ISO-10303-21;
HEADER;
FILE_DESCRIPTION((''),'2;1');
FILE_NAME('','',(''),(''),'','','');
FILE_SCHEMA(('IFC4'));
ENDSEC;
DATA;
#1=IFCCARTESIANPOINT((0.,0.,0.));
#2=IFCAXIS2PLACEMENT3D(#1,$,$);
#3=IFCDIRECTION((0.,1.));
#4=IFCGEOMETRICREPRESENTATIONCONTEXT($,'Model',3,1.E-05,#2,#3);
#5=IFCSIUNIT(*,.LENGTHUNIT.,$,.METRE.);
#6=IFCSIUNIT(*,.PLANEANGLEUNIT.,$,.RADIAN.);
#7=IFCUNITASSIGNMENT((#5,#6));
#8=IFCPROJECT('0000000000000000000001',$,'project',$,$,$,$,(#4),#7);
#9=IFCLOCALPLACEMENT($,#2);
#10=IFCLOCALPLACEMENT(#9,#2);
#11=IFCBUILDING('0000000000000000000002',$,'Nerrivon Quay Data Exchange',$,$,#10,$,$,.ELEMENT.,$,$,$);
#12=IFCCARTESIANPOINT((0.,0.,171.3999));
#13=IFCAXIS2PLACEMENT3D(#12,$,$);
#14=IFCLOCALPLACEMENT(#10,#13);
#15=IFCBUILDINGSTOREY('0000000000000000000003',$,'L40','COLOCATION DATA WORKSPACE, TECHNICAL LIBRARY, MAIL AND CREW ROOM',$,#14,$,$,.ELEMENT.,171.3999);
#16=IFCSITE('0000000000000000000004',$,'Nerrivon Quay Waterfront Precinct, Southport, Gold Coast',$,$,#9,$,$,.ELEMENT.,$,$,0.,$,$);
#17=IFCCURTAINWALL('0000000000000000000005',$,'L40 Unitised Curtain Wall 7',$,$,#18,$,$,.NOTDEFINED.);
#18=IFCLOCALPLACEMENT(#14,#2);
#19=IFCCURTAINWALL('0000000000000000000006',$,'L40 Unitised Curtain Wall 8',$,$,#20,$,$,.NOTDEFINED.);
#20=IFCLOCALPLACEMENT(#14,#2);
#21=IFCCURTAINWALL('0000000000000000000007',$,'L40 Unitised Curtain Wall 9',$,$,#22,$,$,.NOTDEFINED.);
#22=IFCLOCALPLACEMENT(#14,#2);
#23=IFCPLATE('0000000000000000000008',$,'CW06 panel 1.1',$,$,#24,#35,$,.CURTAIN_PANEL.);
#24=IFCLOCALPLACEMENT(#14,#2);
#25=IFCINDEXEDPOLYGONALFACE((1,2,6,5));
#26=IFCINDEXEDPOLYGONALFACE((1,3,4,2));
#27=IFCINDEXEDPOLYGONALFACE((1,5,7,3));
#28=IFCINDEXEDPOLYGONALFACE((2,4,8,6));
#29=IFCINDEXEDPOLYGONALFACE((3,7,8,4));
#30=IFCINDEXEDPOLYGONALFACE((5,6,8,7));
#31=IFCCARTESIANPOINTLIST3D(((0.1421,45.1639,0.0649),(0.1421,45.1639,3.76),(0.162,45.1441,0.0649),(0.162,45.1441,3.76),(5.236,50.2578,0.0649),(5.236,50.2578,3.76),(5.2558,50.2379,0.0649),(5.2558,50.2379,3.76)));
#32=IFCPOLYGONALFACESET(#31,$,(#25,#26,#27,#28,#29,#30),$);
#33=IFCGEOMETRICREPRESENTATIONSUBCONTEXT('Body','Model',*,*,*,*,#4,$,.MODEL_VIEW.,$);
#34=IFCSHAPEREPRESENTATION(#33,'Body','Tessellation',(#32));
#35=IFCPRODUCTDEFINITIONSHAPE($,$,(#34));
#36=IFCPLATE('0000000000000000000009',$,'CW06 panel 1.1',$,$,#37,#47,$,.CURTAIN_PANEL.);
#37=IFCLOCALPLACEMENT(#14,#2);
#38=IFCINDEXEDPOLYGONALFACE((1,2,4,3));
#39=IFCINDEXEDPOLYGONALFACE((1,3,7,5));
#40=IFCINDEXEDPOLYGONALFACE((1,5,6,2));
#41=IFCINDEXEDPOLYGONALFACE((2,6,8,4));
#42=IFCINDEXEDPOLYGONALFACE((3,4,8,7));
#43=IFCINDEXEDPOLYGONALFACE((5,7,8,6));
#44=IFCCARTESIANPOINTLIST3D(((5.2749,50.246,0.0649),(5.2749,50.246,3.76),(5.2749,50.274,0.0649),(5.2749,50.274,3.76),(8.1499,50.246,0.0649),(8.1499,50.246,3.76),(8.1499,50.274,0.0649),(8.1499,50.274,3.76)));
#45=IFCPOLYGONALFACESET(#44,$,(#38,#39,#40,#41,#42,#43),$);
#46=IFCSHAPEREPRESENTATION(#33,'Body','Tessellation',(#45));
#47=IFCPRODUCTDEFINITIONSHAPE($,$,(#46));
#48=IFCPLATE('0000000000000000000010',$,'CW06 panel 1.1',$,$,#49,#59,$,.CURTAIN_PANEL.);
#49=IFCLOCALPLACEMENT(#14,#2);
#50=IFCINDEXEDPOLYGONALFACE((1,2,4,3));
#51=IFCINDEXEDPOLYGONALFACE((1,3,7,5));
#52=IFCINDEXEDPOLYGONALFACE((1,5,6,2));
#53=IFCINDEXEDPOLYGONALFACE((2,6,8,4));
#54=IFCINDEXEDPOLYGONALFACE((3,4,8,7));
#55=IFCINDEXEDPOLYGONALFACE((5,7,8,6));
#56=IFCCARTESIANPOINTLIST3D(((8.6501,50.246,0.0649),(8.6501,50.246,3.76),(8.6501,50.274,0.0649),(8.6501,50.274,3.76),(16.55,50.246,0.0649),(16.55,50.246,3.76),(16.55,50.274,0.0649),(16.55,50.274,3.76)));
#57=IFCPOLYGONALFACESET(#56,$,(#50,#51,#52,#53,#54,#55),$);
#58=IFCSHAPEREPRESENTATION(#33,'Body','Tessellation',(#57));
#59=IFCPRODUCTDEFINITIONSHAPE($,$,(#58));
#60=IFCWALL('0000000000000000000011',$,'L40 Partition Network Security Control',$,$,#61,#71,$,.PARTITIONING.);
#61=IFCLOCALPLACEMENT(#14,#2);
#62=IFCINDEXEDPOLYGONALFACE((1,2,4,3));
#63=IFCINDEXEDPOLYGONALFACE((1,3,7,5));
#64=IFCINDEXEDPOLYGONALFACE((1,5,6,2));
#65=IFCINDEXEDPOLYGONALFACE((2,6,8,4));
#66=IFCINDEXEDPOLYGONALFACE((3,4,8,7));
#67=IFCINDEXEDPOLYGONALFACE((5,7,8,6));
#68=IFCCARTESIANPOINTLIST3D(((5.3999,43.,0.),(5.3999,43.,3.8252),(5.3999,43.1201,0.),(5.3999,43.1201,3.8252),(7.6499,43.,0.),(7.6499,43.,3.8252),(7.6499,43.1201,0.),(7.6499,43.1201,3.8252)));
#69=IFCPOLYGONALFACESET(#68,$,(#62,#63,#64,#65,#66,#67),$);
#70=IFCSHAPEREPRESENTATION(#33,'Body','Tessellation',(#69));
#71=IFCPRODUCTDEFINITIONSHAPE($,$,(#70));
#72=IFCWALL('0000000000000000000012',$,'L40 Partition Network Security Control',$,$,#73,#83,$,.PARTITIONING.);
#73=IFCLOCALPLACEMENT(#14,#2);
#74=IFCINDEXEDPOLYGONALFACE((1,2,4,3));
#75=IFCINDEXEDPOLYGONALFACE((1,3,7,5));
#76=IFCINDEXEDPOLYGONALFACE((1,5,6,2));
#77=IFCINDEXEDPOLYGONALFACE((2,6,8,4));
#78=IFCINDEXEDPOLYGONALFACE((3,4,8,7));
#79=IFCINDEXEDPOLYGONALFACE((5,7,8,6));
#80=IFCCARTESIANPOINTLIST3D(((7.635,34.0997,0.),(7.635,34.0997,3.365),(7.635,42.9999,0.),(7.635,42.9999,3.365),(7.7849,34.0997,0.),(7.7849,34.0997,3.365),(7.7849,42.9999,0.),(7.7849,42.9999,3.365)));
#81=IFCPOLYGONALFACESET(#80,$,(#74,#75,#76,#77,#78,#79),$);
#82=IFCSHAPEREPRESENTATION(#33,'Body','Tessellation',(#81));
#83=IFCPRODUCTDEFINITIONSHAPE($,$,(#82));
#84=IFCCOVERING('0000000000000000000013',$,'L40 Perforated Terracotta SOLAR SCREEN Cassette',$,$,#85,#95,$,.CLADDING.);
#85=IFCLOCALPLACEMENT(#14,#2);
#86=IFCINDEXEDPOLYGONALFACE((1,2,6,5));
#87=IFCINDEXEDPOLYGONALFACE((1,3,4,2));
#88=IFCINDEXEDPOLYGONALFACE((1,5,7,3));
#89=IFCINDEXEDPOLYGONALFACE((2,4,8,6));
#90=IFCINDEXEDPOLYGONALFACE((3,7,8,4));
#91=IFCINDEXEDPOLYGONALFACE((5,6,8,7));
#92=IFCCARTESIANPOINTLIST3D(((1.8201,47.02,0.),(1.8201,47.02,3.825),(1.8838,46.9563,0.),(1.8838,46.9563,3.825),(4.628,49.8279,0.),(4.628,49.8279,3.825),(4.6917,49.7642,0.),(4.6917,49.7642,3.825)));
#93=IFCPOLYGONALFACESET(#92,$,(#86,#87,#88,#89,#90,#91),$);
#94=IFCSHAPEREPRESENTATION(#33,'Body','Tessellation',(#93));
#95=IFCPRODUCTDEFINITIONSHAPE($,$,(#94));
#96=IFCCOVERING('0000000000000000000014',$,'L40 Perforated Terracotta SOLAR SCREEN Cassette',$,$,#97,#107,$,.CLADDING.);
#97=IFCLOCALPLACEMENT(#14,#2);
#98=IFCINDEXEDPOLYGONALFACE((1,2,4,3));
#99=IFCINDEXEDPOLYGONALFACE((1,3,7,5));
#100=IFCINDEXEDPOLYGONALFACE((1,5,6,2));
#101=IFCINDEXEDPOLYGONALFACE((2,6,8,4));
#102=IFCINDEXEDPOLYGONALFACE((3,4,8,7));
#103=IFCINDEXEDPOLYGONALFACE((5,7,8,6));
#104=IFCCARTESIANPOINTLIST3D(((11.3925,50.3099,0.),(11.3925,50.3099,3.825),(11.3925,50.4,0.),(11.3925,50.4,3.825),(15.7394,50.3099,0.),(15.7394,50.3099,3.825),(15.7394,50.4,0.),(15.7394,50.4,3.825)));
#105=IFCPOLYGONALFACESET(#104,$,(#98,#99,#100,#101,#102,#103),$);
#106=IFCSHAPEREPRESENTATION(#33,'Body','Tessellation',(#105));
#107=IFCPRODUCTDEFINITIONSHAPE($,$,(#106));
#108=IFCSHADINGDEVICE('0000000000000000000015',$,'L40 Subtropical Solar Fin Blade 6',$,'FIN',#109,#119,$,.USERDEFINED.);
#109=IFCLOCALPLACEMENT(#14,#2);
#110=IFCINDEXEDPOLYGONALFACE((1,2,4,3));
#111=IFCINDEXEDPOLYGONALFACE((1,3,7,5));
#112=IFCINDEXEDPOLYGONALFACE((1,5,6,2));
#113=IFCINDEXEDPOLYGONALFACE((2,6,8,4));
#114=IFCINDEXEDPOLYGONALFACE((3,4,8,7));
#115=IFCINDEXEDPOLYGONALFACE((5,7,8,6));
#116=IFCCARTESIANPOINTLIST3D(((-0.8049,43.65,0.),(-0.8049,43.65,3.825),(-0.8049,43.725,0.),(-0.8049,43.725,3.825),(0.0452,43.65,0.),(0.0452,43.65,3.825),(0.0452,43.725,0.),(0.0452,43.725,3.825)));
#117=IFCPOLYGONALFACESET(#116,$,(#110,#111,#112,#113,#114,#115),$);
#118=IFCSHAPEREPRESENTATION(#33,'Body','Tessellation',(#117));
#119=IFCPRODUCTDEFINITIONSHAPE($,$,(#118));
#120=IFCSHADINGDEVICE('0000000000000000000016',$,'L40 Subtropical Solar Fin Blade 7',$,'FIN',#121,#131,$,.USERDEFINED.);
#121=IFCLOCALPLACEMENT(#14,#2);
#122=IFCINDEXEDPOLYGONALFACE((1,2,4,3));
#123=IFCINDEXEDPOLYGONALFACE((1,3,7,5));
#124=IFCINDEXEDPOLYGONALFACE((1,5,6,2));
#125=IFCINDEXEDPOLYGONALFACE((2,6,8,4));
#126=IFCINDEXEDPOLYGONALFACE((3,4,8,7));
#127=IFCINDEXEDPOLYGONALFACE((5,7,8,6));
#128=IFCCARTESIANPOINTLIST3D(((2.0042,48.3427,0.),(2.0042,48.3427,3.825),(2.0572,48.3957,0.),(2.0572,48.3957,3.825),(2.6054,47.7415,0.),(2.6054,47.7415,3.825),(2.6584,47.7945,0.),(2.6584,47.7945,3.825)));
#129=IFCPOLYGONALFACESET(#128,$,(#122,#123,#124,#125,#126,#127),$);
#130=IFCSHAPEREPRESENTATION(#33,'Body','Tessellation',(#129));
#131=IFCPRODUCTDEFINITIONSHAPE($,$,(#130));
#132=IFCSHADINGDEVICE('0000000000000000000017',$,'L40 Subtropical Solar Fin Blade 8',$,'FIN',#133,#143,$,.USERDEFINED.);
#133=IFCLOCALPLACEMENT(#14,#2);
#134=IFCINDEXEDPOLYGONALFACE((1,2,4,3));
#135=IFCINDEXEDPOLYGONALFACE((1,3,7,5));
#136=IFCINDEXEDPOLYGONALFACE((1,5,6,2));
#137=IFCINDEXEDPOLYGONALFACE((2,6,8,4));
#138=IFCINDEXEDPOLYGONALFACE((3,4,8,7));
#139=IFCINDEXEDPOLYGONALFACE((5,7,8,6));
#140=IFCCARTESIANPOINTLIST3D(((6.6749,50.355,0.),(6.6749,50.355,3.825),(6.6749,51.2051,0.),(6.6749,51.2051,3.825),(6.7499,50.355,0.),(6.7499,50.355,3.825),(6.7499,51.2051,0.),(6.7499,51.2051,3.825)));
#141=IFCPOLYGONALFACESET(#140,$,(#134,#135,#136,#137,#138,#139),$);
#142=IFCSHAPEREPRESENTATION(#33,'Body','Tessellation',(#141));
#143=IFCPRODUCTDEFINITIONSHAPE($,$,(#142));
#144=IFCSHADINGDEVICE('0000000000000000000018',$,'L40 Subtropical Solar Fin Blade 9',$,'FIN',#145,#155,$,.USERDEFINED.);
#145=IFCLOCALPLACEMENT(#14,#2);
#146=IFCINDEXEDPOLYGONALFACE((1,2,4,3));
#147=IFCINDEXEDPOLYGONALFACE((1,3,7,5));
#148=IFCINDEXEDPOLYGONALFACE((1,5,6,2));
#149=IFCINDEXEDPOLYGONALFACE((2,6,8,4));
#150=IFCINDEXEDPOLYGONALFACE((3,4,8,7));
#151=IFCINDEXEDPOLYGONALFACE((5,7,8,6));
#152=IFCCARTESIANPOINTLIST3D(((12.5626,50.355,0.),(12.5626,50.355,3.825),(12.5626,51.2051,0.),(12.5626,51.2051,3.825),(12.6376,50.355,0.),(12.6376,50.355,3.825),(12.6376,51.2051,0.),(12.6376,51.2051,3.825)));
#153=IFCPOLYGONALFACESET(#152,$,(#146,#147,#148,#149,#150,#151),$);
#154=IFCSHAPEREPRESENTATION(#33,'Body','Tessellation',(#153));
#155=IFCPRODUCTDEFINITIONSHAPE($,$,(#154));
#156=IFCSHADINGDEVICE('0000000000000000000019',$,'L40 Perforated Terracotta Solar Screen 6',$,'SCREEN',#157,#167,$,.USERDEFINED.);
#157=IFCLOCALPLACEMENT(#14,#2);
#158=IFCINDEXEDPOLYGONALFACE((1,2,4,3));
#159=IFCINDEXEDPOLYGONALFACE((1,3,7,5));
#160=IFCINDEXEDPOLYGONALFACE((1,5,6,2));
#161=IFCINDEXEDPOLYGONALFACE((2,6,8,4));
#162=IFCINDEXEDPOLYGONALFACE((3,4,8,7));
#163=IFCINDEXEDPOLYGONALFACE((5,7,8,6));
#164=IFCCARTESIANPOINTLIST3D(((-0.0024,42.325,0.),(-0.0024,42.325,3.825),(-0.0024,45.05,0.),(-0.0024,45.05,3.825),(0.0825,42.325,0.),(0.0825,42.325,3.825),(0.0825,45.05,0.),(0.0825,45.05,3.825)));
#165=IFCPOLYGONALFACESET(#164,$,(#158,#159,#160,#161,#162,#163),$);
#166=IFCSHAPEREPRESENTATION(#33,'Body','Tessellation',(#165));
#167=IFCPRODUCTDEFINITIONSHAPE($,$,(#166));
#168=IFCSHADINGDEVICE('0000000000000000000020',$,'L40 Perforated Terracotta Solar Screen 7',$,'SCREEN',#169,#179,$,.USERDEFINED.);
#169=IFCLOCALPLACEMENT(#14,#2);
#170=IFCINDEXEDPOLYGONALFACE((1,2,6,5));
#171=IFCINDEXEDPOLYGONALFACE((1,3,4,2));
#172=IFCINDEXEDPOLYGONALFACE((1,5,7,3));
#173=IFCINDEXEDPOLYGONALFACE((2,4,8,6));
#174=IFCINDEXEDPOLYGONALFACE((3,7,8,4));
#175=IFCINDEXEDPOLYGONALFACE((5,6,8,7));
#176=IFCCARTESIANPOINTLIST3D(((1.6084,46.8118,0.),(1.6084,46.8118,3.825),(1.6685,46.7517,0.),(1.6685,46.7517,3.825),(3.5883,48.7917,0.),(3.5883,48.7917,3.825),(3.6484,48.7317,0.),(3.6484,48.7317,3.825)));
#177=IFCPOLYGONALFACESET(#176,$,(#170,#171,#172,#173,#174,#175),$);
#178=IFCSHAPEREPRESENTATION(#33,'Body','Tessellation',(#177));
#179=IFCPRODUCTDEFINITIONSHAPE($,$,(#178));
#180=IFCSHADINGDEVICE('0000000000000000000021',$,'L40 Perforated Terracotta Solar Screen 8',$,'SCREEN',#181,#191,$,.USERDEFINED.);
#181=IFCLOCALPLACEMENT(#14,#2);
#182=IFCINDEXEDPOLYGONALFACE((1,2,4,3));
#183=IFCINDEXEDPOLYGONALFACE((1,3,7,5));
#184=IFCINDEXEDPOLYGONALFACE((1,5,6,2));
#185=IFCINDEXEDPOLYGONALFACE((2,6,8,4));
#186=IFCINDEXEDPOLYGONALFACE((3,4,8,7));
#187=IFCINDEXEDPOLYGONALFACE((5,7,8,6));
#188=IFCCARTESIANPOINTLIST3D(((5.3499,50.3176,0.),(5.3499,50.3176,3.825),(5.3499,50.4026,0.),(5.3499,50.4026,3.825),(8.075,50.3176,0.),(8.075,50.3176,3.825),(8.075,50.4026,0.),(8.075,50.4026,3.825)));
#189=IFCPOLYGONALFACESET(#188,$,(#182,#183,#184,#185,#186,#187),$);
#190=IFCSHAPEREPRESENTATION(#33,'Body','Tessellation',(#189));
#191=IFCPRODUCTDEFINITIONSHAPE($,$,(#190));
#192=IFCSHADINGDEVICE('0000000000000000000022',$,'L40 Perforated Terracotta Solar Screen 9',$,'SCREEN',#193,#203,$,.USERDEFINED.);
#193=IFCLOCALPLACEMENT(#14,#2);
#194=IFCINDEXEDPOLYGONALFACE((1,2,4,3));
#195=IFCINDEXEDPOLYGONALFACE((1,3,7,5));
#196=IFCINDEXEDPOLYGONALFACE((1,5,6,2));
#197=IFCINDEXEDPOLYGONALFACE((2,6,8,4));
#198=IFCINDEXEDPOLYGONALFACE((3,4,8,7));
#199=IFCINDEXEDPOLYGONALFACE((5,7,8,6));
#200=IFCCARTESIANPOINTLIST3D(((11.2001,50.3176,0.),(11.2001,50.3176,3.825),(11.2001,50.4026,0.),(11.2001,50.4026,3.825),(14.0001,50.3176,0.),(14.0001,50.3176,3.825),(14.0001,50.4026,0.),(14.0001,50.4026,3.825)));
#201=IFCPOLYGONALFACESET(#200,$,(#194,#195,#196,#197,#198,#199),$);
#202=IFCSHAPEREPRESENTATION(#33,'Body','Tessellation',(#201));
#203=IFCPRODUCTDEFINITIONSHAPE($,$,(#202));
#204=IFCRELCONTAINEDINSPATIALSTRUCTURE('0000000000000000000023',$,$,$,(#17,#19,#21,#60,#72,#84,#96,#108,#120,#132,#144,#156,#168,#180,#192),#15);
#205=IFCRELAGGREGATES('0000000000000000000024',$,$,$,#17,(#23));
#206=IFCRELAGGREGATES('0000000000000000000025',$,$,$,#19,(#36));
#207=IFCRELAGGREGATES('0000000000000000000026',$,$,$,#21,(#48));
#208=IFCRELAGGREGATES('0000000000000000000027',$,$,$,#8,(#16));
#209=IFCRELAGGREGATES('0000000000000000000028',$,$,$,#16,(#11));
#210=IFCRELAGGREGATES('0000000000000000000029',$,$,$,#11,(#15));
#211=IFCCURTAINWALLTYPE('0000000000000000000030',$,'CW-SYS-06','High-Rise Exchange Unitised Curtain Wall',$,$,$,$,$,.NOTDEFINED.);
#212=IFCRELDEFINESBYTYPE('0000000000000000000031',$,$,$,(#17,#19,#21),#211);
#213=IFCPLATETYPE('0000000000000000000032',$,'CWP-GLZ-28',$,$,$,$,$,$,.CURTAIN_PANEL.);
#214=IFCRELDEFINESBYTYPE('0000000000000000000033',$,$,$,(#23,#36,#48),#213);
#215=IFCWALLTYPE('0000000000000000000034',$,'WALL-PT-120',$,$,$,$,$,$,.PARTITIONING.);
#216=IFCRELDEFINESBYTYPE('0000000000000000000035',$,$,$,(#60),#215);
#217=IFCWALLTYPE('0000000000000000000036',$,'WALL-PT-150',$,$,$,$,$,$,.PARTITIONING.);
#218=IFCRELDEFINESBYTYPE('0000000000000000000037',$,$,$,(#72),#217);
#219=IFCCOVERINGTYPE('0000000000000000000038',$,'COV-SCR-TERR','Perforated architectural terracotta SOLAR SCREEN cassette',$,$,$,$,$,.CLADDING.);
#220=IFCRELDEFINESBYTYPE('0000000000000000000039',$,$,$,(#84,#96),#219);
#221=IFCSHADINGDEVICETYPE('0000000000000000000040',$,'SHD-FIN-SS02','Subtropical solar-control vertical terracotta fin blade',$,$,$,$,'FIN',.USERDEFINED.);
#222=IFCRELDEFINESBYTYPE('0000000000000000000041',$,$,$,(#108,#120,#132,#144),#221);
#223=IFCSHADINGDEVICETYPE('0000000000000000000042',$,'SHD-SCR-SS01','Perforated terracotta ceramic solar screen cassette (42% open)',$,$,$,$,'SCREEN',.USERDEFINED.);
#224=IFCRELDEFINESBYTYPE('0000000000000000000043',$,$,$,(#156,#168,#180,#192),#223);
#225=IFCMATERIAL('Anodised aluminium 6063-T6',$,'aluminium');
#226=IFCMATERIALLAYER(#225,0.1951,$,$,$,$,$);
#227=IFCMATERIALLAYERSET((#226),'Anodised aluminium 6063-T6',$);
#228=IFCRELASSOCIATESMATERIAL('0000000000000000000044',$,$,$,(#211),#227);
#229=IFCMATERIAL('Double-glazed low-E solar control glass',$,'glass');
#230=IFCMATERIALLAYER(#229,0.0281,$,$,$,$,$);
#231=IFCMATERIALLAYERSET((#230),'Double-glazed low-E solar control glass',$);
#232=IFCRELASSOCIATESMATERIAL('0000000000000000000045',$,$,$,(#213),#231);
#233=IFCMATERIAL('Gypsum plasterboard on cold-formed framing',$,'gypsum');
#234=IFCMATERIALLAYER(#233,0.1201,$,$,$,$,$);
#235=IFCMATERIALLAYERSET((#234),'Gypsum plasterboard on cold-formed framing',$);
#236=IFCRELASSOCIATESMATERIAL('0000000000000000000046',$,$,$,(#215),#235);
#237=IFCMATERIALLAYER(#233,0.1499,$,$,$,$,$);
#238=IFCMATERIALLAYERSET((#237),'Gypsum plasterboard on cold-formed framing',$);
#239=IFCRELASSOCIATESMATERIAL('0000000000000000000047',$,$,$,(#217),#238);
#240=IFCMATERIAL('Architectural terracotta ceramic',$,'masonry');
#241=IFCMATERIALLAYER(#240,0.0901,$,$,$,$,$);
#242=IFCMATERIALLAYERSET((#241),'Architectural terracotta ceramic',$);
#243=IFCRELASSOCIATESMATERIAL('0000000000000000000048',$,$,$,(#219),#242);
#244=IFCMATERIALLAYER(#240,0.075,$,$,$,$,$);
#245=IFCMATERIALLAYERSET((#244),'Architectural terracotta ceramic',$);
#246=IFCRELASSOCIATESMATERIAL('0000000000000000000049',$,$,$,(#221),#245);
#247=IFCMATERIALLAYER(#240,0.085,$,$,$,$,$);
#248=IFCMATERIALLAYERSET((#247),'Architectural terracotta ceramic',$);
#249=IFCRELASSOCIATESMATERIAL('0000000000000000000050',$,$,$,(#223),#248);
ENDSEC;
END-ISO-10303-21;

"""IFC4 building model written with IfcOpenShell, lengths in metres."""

from ifc_helpers import new_model, si_unit, direction, frame, frame_2d, origin, origin_2d, place, context, subcontext, project, spatial, rectangle, extrude, material, layer, layer_set, type_object, element, aggregate, save


model = new_model("IFC4")

# Units and contexts
model_context = context("Model", 3, precision=1e-05, world=origin(), true_north=direction((0.0, 1.0)))
body_context = subcontext(model_context, "Body", "Model", "MODEL_VIEW")
ifc_project = project(units=[si_unit("LENGTHUNIT", "METRE"), si_unit("PLANEANGLEUNIT", "RADIAN")], contexts=[model_context])

# Site, building, storey
site_placement = place(None, origin())
site = spatial("IfcSite", under=ifc_project, at=site_placement, Name="Nerrivon Quay Waterfront Precinct, Southport, Gold Coast", CompositionType="ELEMENT", RefElevation=0.0)
building_placement = place(site_placement, origin())
building = spatial("IfcBuilding", under=site, at=building_placement, Name="Nerrivon Quay Data Exchange", CompositionType="ELEMENT")
storey_placement = place(building_placement, frame((0.0, 0.0, 171.3999)))
storey = spatial("IfcBuildingStorey", under=building, at=storey_placement, Name="L40", Description="COLOCATION DATA WORKSPACE, TECHNICAL LIBRARY, MAIL AND CREW ROOM", CompositionType="ELEMENT", Elevation=171.3999)

# Shared definitions
ifc_material_1 = material(Name="Anodised aluminium 6063-T6", Category="aluminium")
ifc_layer_1 = layer(ifc_material_1, 0.1951)
ifc_layer_set_1 = layer_set([ifc_layer_1], Name="Anodised aluminium 6063-T6")
curtain_wall_type = type_object("IfcCurtainWallType", Name="CW-SYS-06", Description="High-Rise Exchange Unitised Curtain Wall", PredefinedType="NOTDEFINED", material=ifc_layer_set_1)

# Curtain walls
curtain_wall_1_placement = place(storey_placement, origin())
curtain_wall_1 = element("IfcCurtainWall", 1, at=curtain_wall_1_placement, inside=storey, type_object=curtain_wall_type, Name="L40 Unitised Curtain Wall 7", PredefinedType="NOTDEFINED")
curtain_wall_2_placement = place(storey_placement, origin())
curtain_wall_2 = element("IfcCurtainWall", 2, at=curtain_wall_2_placement, inside=storey, type_object=curtain_wall_type, Name="L40 Unitised Curtain Wall 8", PredefinedType="NOTDEFINED")

# Curtain wall
curtain_wall_3_placement = place(storey_placement, origin())
curtain_wall_3 = element("IfcCurtainWall", 3, at=curtain_wall_3_placement, inside=storey, type_object=curtain_wall_type, Name="L40 Unitised Curtain Wall 9", PredefinedType="NOTDEFINED")

# Plates
ifc_material_2 = material(Name="Double-glazed low-E solar control glass", Category="glass")
ifc_layer_2 = layer(ifc_material_2, 0.0281)
ifc_layer_set_2 = layer_set([ifc_layer_2], Name="Double-glazed low-E solar control glass")
plate_type = type_object("IfcPlateType", Name="CWP-GLZ-28", PredefinedType="CURTAIN_PANEL", material=ifc_layer_set_2)
plate_1_placement = place(storey_placement, frame((2.699, 47.7009, 0.0649), z_axis=(0.0, 0.0, 1.0), x_axis=(0.707107, 0.707107, 0.0)))
plate_1 = element("IfcPlate", 4, at=plate_1_placement, type_object=plate_type, Name="CW06 panel 1.1", PredefinedType="CURTAIN_PANEL", context=body_context, shape_type="SweptSolid", body=[
    extrude(rectangle(XDim=7.2039, YDim=0.0281, at=origin_2d()), origin(), (0.0, 0.0, 1.0), 3.6951),
])
aggregate(curtain_wall_1, [plate_1])
plate_2_placement = place(storey_placement, frame((6.7124, 50.26, 0.0649), z_axis=(0.0, 0.0, 1.0), x_axis=(1.0, 0.0, 0.0)))
plate_2 = element("IfcPlate", 5, at=plate_2_placement, type_object=plate_type, Name="CW06 panel 1.1", PredefinedType="CURTAIN_PANEL", context=body_context, shape_type="SweptSolid", body=[
    extrude(rectangle(XDim=2.875, YDim=0.0281, at=origin_2d()), origin(), (0.0, 0.0, 1.0), 3.6951),
])
aggregate(curtain_wall_2, [plate_2])
plate_3_placement = place(storey_placement, frame((12.6001, 50.26, 0.0649), z_axis=(0.0, 0.0, 1.0), x_axis=(1.0, 0.0, 0.0)))
plate_3 = element("IfcPlate", 6, at=plate_3_placement, type_object=plate_type, Name="CW06 panel 1.1", PredefinedType="CURTAIN_PANEL", context=body_context, shape_type="SweptSolid", body=[
    extrude(rectangle(XDim=7.8999, YDim=0.0281, at=origin_2d()), origin(), (0.0, 0.0, 1.0), 3.6951),
])
aggregate(curtain_wall_3, [plate_3])

# Walls
ifc_material_3 = material(Name="Gypsum plasterboard on cold-formed framing", Category="gypsum")
ifc_layer_3 = layer(ifc_material_3, 0.1201)
ifc_layer_set_3 = layer_set([ifc_layer_3], Name="Gypsum plasterboard on cold-formed framing")
wall_type_1 = type_object("IfcWallType", Name="WALL-PT-120", PredefinedType="PARTITIONING", material=ifc_layer_set_3)
wall_1_placement = place(storey_placement, frame((5.3999, 43.0601, 0.0), z_axis=(0.0, 0.0, 1.0), x_axis=(1.0, 0.0, 0.0)))
element("IfcWall", 7, at=wall_1_placement, inside=storey, type_object=wall_type_1, Name="L40 Partition Network Security Control", PredefinedType="PARTITIONING", context=body_context, shape_type="SweptSolid", body=[
    extrude(rectangle(XDim=2.25, YDim=0.1201, at=frame_2d((1.125, 0.0))), origin(), (0.0, 0.0, 1.0), 3.8252),
])
ifc_layer_4 = layer(ifc_material_3, 0.1499)
ifc_layer_set_4 = layer_set([ifc_layer_4], Name="Gypsum plasterboard on cold-formed framing")
wall_type_2 = type_object("IfcWallType", Name="WALL-PT-150", PredefinedType="PARTITIONING", material=ifc_layer_set_4)
wall_2_placement = place(storey_placement, frame((7.71, 43.0, 0.0), z_axis=(0.0, 0.0, 1.0), x_axis=(0.0, -1.0, 0.0)))
element("IfcWall", 8, at=wall_2_placement, inside=storey, type_object=wall_type_2, Name="L40 Partition Network Security Control", PredefinedType="PARTITIONING", context=body_context, shape_type="SweptSolid", body=[
    extrude(rectangle(XDim=8.9001, YDim=0.1499, at=frame_2d((4.4502, 0.0))), origin(), (0.0, 0.0, 1.0), 3.365),
])

# Coverings
ifc_material_4 = material(Name="Architectural terracotta ceramic", Category="masonry")
ifc_layer_5 = layer(ifc_material_4, 0.0901)
ifc_layer_set_5 = layer_set([ifc_layer_5], Name="Architectural terracotta ceramic")
covering_type = type_object("IfcCoveringType", Name="COV-SCR-TERR", Description="Perforated architectural terracotta SOLAR SCREEN cassette", PredefinedType="CLADDING", material=ifc_layer_set_5)
covering_1_placement = place(storey_placement, frame((3.2559, 48.3921, 0.0), z_axis=(0.0, 0.0, 1.0), x_axis=(0.707107, 0.707107, 0.0)))
element("IfcCovering", 9, at=covering_1_placement, inside=storey, type_object=covering_type, Name="L40 Perforated Terracotta SOLAR SCREEN Cassette", PredefinedType="CLADDING", context=body_context, shape_type="SweptSolid", body=[
    extrude(rectangle(XDim=3.9709, YDim=0.0901, at=origin_2d()), origin(), (0.0, 0.0, 1.0), 3.825),
])
covering_2_placement = place(storey_placement, frame((13.5659, 50.355, 0.0), z_axis=(0.0, 0.0, 1.0), x_axis=(1.0, 0.0, 0.0)))
element("IfcCovering", 10, at=covering_2_placement, inside=storey, type_object=covering_type, Name="L40 Perforated Terracotta SOLAR SCREEN Cassette", PredefinedType="CLADDING", context=body_context, shape_type="SweptSolid", body=[
    extrude(rectangle(XDim=4.3469, YDim=0.0901, at=origin_2d()), origin(), (0.0, 0.0, 1.0), 3.825),
])

# Shading devices
ifc_layer_6 = layer(ifc_material_4, 0.075)
ifc_layer_set_6 = layer_set([ifc_layer_6], Name="Architectural terracotta ceramic")
shading_device_type_1 = type_object("IfcShadingDeviceType", Name="SHD-FIN-SS02", Description="Subtropical solar-control vertical terracotta fin blade", ElementType="FIN", PredefinedType="USERDEFINED", material=ifc_layer_set_6)
for number, where, z_axis, x_axis, name in (
    (11, (-0.3799, 43.6875, 0.0), (0.0, 0.0, 1.0), (0.0, 1.0, 0.0), "L40 Subtropical Solar Fin Blade 6"),
    (12, (2.3313, 48.0686, 0.0), (0.0, 0.0, 1.0), (0.707107, 0.707107, 0.0), "L40 Subtropical Solar Fin Blade 7"),
    (13, (6.7124, 50.78, 0.0), (0.0, 0.0, 1.0), (1.0, 0.0, 0.0), "L40 Subtropical Solar Fin Blade 8"),
    (14, (12.6001, 50.78, 0.0), (0.0, 0.0, 1.0), (1.0, 0.0, 0.0), "L40 Subtropical Solar Fin Blade 9"),
):
    element("IfcShadingDevice", number, at=place(storey_placement, frame(where, z_axis=z_axis, x_axis=x_axis)), inside=storey, type_object=shading_device_type_1, Name=name, ObjectType="FIN", PredefinedType="USERDEFINED", context=body_context, shape_type="SweptSolid", body=[
        extrude(rectangle(XDim=0.075, YDim=0.8501, at=origin_2d()), origin(), (0.0, 0.0, 1.0), 3.825),
    ])
ifc_layer_7 = layer(ifc_material_4, 0.085)
ifc_layer_set_7 = layer_set([ifc_layer_7], Name="Architectural terracotta ceramic")
shading_device_type_2 = type_object("IfcShadingDeviceType", Name="SHD-SCR-SS01", Description="Perforated terracotta ceramic solar screen cassette (42% open)", ElementType="SCREEN", PredefinedType="USERDEFINED", material=ifc_layer_set_7)
shading_device_1_placement = place(storey_placement, frame((0.04, 43.6875, 0.0), z_axis=(0.0, 0.0, 1.0), x_axis=(0.0, 1.0, 0.0)))
element("IfcShadingDevice", 15, at=shading_device_1_placement, inside=storey, type_object=shading_device_type_2, Name="L40 Perforated Terracotta Solar Screen 6", ObjectType="SCREEN", PredefinedType="USERDEFINED", context=body_context, shape_type="SweptSolid", body=[
    extrude(rectangle(XDim=2.7251, YDim=0.085, at=origin_2d()), origin(), (0.0, 0.0, 1.0), 3.825),
])
shading_device_2_placement = place(storey_placement, frame((2.6284, 47.7717, 0.0), z_axis=(0.0, 0.0, 1.0), x_axis=(0.707107, 0.707107, 0.0)))
element("IfcShadingDevice", 16, at=shading_device_2_placement, inside=storey, type_object=shading_device_type_2, Name="L40 Perforated Terracotta Solar Screen 7", ObjectType="SCREEN", PredefinedType="USERDEFINED", context=body_context, shape_type="SweptSolid", body=[
    extrude(rectangle(XDim=2.8, YDim=0.085, at=origin_2d()), origin(), (0.0, 0.0, 1.0), 3.825),
])
shading_device_3_placement = place(storey_placement, frame((6.7124, 50.3601, 0.0), z_axis=(0.0, 0.0, 1.0), x_axis=(1.0, 0.0, 0.0)))
element("IfcShadingDevice", 17, at=shading_device_3_placement, inside=storey, type_object=shading_device_type_2, Name="L40 Perforated Terracotta Solar Screen 8", ObjectType="SCREEN", PredefinedType="USERDEFINED", context=body_context, shape_type="SweptSolid", body=[
    extrude(rectangle(XDim=2.7251, YDim=0.085, at=origin_2d()), origin(), (0.0, 0.0, 1.0), 3.825),
])
shading_device_4_placement = place(storey_placement, frame((12.6001, 50.3601, 0.0), z_axis=(0.0, 0.0, 1.0), x_axis=(1.0, 0.0, 0.0)))
element("IfcShadingDevice", 18, at=shading_device_4_placement, inside=storey, type_object=shading_device_type_2, Name="L40 Perforated Terracotta Solar Screen 9", ObjectType="SCREEN", PredefinedType="USERDEFINED", context=body_context, shape_type="SweptSolid", body=[
    extrude(rectangle(XDim=2.8, YDim=0.085, at=origin_2d()), origin(), (0.0, 0.0, 1.0), 3.825),
])

save(model, "model.ifc")
